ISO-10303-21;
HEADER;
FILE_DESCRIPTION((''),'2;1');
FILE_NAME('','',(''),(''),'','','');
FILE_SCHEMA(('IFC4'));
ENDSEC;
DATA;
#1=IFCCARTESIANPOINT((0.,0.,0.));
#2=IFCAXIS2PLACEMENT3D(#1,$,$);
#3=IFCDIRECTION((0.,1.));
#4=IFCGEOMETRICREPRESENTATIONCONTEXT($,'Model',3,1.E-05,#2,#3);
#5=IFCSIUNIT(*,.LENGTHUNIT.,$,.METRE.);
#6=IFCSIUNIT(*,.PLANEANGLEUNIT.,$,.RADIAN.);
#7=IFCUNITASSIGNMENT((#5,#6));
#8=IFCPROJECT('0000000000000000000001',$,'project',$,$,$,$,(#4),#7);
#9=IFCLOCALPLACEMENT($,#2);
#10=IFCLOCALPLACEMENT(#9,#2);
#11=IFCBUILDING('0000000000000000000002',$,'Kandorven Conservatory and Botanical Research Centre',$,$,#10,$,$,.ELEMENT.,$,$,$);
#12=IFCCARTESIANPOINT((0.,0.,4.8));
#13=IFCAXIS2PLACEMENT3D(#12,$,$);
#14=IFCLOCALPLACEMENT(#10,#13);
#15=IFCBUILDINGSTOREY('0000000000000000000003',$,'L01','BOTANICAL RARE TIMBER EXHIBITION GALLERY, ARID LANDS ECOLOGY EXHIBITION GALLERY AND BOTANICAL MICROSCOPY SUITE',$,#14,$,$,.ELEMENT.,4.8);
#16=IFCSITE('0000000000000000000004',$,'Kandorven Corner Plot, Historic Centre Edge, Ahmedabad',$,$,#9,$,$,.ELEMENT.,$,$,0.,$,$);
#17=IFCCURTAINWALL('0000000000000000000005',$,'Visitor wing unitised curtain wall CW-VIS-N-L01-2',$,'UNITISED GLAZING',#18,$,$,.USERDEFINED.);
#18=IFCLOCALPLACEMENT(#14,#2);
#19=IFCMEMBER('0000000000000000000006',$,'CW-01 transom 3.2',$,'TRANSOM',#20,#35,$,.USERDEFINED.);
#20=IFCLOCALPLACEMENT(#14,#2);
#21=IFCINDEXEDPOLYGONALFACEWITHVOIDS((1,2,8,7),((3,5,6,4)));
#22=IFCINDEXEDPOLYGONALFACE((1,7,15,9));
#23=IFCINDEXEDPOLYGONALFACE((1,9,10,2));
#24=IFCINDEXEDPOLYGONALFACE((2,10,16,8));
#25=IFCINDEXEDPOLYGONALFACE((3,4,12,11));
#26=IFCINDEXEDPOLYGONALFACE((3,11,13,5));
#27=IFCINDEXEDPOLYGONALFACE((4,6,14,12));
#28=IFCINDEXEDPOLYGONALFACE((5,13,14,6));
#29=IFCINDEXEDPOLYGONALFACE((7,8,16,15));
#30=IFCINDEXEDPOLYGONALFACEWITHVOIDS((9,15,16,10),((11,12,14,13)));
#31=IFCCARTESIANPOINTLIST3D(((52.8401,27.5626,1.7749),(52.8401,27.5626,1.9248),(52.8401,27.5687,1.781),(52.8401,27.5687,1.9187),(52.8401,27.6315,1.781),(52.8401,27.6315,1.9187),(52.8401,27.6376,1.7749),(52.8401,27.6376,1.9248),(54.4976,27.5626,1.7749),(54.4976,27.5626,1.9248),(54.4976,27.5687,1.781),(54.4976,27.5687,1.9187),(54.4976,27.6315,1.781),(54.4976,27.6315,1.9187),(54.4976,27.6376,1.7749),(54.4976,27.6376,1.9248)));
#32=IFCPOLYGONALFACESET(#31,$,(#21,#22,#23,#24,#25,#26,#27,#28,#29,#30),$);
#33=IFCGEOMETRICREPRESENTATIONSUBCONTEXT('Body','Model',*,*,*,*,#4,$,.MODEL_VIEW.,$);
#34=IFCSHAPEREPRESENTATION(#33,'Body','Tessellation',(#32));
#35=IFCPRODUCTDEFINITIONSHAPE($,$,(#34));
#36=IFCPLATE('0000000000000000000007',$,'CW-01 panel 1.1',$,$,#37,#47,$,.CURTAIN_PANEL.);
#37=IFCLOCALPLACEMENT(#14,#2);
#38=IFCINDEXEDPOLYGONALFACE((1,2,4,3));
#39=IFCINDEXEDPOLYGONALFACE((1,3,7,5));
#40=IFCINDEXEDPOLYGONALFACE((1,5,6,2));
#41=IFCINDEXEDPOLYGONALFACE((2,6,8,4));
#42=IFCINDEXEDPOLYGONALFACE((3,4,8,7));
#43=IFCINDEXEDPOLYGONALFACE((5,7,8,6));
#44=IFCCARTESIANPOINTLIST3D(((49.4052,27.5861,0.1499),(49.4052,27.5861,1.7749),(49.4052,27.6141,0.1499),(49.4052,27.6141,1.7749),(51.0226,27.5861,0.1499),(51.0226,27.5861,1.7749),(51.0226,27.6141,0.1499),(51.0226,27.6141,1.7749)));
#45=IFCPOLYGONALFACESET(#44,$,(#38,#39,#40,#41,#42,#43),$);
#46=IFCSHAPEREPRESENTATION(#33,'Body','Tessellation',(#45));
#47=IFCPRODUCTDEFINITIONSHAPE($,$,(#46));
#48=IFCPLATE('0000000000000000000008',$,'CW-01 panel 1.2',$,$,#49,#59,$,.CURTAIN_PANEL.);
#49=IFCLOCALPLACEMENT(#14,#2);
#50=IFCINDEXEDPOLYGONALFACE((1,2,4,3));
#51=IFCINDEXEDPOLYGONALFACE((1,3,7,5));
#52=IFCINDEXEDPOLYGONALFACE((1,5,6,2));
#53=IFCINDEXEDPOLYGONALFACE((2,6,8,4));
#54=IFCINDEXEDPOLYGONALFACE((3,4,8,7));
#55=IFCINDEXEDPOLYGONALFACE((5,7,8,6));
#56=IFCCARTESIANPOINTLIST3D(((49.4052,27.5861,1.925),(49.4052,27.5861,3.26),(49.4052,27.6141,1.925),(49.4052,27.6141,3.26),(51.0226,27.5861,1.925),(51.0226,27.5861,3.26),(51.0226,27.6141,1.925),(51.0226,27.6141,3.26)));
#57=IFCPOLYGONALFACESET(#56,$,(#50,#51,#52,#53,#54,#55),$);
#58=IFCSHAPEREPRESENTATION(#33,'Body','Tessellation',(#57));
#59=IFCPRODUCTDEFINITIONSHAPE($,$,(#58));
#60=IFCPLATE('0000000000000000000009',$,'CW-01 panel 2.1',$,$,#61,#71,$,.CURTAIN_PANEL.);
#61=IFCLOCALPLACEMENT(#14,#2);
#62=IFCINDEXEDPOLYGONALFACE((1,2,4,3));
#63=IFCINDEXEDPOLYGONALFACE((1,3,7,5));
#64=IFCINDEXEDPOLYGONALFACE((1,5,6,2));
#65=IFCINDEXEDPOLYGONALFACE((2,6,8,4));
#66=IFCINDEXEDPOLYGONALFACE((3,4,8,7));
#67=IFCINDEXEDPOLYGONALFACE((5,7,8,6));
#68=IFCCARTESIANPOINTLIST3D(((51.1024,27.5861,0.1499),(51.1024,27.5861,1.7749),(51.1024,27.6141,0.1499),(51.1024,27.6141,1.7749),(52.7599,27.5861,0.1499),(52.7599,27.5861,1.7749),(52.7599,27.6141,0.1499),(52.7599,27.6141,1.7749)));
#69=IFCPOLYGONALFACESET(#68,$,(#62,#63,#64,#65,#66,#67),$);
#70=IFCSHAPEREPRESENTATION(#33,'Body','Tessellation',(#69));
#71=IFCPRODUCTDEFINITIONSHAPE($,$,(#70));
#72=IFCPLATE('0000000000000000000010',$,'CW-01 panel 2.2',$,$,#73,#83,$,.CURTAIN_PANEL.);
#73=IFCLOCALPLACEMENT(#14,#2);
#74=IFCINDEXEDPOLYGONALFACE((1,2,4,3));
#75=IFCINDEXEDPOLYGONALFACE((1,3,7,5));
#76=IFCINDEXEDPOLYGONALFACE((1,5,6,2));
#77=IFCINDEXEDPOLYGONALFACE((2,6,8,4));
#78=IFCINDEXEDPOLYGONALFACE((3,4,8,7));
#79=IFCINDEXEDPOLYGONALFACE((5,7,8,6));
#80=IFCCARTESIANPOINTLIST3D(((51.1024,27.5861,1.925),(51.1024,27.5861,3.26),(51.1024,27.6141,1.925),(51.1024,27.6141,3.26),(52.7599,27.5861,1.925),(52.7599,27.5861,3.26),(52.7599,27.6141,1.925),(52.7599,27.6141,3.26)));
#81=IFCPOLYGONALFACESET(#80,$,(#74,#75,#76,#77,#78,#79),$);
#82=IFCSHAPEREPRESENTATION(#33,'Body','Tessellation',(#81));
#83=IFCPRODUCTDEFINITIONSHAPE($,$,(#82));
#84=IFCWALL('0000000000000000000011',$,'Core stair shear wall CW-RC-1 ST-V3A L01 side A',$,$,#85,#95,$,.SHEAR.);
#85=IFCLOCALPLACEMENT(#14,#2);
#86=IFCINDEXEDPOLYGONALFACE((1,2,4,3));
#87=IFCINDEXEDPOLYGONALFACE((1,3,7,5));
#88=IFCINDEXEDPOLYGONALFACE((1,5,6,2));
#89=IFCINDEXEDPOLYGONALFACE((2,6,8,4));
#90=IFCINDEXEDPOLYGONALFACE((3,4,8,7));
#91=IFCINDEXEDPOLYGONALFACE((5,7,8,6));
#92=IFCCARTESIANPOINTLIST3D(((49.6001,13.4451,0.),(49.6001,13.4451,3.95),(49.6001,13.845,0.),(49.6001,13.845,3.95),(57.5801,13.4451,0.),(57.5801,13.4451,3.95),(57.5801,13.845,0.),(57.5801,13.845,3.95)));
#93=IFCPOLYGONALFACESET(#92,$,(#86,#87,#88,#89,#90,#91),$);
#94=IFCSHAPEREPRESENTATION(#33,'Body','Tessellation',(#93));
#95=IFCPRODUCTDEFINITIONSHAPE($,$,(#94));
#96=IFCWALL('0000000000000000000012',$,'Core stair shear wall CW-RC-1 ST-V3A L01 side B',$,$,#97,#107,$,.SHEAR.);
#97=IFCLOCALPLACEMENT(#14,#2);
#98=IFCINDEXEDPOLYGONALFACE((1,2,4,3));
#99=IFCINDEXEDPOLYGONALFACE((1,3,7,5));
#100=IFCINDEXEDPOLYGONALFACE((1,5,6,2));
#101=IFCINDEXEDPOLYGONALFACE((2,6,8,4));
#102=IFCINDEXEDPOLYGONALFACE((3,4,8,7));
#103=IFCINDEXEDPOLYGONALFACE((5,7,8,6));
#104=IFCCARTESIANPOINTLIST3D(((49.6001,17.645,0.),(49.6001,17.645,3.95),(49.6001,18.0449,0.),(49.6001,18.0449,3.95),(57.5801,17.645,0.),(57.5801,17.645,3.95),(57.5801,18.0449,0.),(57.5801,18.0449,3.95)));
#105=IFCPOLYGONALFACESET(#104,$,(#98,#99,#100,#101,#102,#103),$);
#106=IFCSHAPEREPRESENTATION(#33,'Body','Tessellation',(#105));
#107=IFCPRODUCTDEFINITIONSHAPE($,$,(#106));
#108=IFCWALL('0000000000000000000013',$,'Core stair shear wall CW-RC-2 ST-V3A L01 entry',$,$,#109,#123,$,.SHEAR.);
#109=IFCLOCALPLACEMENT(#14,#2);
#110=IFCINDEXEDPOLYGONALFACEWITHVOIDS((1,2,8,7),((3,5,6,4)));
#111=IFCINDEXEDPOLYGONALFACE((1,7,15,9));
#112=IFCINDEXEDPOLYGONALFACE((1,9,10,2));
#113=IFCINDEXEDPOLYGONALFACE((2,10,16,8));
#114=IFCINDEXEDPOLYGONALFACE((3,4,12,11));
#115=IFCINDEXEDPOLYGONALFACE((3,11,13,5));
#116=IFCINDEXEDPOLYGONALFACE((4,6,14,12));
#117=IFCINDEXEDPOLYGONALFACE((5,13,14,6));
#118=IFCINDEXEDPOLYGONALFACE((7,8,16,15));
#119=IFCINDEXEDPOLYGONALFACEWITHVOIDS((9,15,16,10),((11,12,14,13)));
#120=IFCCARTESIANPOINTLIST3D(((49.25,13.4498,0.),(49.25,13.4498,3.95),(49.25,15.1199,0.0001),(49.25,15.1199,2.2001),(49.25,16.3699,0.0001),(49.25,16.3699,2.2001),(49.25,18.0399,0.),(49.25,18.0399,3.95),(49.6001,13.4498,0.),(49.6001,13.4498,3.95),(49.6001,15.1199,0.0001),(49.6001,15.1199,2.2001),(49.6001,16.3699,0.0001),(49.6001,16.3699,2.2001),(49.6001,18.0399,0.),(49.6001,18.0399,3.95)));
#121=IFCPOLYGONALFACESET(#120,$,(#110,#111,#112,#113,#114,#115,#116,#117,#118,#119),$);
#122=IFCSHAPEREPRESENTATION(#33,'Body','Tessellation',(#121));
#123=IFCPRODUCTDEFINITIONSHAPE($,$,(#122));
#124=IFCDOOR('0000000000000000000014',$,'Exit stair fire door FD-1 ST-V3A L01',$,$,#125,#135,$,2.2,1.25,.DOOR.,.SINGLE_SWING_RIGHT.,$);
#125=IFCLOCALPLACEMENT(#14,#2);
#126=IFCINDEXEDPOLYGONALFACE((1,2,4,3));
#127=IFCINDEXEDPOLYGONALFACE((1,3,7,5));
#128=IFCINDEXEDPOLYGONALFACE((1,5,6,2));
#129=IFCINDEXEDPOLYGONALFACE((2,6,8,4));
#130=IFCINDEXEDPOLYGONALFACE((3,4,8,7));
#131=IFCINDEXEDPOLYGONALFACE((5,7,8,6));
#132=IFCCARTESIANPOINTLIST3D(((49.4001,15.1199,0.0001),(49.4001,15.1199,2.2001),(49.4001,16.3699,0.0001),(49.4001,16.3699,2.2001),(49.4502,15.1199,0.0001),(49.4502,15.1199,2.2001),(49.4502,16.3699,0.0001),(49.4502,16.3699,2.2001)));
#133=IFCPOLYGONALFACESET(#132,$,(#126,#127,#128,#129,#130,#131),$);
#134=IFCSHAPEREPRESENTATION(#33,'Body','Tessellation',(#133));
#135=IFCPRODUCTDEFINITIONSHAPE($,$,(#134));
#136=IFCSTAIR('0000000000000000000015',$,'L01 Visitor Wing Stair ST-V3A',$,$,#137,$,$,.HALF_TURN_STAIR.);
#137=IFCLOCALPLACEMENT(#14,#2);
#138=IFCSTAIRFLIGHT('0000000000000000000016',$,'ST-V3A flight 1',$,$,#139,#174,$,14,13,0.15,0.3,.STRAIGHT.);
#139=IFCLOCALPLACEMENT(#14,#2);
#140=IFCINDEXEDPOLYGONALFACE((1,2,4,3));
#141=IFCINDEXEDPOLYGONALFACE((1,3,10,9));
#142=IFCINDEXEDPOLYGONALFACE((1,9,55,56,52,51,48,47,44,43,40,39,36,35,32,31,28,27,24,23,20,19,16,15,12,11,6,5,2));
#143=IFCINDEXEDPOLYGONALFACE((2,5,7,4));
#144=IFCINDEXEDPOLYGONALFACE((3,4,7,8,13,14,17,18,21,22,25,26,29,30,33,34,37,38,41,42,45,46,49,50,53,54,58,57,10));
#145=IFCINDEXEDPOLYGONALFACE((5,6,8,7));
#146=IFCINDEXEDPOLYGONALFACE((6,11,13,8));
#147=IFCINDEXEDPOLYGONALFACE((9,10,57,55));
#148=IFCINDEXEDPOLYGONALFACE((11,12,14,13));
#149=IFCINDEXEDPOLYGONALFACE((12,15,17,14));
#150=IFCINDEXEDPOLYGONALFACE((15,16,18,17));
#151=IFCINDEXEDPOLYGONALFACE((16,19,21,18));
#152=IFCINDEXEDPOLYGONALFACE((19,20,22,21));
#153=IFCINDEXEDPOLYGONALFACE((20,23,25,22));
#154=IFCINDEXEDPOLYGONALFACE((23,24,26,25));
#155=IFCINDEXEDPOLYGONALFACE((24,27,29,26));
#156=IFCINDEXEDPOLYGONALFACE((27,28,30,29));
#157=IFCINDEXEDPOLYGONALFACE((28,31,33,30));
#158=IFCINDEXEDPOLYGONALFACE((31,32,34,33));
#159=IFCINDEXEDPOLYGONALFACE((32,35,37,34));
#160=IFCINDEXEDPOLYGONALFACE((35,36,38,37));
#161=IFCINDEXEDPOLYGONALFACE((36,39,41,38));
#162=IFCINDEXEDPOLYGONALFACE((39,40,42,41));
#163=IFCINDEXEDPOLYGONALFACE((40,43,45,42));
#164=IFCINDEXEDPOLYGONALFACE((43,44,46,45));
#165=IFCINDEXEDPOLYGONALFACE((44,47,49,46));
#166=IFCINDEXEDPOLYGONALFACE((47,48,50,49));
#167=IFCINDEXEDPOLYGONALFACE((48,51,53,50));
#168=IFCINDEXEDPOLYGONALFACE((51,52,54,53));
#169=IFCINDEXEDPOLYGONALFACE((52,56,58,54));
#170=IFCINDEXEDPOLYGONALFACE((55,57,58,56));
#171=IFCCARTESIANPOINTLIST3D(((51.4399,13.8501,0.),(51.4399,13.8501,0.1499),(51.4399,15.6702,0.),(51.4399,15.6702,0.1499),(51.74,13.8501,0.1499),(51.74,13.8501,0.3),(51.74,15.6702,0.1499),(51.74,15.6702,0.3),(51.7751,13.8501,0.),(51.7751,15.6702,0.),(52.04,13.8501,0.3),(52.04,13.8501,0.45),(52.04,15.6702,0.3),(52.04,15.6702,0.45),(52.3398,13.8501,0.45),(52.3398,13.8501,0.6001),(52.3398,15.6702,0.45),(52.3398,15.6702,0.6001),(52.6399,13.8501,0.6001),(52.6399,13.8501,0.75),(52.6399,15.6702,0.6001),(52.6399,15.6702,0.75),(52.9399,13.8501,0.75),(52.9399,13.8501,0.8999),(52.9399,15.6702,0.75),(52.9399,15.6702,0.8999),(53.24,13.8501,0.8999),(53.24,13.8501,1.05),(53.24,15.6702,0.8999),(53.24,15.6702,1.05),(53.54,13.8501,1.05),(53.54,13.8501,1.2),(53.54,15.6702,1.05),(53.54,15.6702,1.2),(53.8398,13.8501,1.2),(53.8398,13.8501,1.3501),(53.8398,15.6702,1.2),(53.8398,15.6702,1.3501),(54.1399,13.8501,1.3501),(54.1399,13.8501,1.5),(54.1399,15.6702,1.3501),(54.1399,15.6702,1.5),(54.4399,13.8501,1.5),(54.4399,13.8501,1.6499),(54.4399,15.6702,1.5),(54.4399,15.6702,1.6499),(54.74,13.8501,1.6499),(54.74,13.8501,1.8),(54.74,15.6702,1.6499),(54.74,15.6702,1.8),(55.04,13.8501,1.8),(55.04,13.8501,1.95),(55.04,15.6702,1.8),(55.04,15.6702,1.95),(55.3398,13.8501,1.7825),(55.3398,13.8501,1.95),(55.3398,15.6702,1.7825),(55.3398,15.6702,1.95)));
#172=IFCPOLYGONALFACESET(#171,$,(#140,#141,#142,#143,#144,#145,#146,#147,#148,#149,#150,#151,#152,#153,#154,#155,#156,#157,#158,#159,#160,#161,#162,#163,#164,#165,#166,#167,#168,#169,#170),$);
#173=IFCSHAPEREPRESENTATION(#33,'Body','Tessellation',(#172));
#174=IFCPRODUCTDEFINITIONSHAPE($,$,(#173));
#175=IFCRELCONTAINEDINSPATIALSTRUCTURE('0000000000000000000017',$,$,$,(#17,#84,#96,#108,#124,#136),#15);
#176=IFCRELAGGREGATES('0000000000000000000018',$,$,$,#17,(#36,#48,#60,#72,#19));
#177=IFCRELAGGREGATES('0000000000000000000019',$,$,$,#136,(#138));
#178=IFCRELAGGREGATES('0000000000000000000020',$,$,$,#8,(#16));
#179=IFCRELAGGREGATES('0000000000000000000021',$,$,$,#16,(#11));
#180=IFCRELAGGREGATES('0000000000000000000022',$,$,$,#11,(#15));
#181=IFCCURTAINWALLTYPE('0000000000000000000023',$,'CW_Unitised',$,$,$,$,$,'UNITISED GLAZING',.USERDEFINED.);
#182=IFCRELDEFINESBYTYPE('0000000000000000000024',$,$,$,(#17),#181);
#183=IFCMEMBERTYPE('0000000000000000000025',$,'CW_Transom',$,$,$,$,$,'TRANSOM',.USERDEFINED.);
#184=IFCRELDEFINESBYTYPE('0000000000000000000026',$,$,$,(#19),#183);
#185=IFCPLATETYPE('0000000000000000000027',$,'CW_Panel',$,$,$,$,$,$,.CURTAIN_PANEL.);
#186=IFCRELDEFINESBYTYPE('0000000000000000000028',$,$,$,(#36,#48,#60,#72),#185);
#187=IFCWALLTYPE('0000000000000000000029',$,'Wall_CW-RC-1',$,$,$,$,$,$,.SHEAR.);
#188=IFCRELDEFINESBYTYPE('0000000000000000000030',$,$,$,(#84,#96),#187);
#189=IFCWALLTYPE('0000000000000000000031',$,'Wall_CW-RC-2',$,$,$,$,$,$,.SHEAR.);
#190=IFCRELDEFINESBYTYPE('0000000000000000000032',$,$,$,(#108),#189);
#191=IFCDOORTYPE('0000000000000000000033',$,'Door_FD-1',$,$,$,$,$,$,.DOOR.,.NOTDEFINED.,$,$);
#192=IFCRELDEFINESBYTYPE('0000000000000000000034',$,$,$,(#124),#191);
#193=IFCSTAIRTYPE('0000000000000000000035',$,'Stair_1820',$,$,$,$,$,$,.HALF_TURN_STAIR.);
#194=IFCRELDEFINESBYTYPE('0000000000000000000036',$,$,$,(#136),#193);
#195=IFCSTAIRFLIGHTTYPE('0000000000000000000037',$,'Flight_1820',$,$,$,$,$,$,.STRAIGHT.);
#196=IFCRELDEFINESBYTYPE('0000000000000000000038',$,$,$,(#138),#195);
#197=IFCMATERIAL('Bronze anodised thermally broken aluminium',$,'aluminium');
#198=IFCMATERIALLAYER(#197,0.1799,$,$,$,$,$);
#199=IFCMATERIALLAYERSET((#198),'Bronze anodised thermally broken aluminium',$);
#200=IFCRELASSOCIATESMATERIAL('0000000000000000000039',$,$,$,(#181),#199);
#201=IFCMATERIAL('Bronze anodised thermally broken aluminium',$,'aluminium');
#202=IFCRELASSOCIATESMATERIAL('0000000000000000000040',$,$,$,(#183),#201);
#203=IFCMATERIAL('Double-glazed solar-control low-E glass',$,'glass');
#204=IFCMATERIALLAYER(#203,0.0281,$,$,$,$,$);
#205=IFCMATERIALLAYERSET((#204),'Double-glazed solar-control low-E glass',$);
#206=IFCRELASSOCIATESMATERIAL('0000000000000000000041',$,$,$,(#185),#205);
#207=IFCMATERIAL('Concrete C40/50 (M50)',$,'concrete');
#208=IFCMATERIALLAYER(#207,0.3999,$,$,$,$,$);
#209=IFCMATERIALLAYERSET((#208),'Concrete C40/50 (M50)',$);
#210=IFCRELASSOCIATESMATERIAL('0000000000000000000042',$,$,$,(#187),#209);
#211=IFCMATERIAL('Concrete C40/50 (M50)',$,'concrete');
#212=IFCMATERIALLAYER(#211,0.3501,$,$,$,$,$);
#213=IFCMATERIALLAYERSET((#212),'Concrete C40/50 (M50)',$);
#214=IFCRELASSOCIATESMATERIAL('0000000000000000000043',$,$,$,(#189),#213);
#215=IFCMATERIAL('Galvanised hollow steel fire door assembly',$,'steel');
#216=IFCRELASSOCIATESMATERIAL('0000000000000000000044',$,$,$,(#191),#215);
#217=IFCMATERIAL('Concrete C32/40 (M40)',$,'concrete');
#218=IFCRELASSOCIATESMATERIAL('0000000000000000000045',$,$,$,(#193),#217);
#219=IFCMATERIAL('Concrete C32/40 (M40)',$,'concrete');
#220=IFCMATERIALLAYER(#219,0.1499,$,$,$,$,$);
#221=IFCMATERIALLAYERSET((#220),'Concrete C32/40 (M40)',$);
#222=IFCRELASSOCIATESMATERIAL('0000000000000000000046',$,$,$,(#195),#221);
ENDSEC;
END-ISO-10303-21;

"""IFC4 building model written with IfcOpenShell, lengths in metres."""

from ifc_helpers import new_model, si_unit, direction, frame, frame_2d, origin, origin_2d, place, context, subcontext, project, spatial, polyline, rectangle, hollow_rectangle, outline, extrude, material, layer, layer_set, material_profile, profile_set, type_object, element, fill, aggregate, save


model = new_model("IFC4")

# Units and contexts
model_context = context("Model", 3, precision=1e-05, world=origin(), true_north=direction((0.0, 1.0)))
body_context = subcontext(model_context, "Body", "Model", "MODEL_VIEW")
ifc_project = project(units=[si_unit("LENGTHUNIT", "METRE"), si_unit("PLANEANGLEUNIT", "RADIAN")], contexts=[model_context])

# Site, building, storey
site_placement = place(None, origin())
site = spatial("IfcSite", under=ifc_project, at=site_placement, Name="Kandorven Corner Plot, Historic Centre Edge, Ahmedabad", CompositionType="ELEMENT", RefElevation=0.0)
building_placement = place(site_placement, origin())
building = spatial("IfcBuilding", under=site, at=building_placement, Name="Kandorven Conservatory and Botanical Research Centre", CompositionType="ELEMENT")
storey_placement = place(building_placement, frame((0.0, 0.0, 4.8)))
storey = spatial("IfcBuildingStorey", under=building, at=storey_placement, Name="L01", Description="BOTANICAL RARE TIMBER EXHIBITION GALLERY, ARID LANDS ECOLOGY EXHIBITION GALLERY AND BOTANICAL MICROSCOPY SUITE", CompositionType="ELEMENT", Elevation=4.8)

# Curtain wall, member, plates
ifc_material_1 = material(Name="Bronze anodised thermally broken aluminium", Category="aluminium")
ifc_layer_1 = layer(ifc_material_1, 0.1799)
ifc_layer_set_1 = layer_set([ifc_layer_1], Name="Bronze anodised thermally broken aluminium")
curtain_wall_type = type_object("IfcCurtainWallType", Name="CW_Unitised", ElementType="UNITISED GLAZING", PredefinedType="USERDEFINED", material=ifc_layer_set_1)
curtain_wall_placement = place(storey_placement, origin())
curtain_wall = element("IfcCurtainWall", 1, at=curtain_wall_placement, inside=storey, type_object=curtain_wall_type, Name="Visitor wing unitised curtain wall CW-VIS-N-L01-2", ObjectType="UNITISED GLAZING", PredefinedType="USERDEFINED")
ifc_material_2 = material(Name="Bronze anodised thermally broken aluminium", Category="aluminium")
ifc_material_profile_1 = material_profile(ifc_material_2, hollow_rectangle(XDim=0.075, YDim=0.1499, WallThickness=0.0061, at=origin_2d()))
ifc_profile_set_1 = profile_set([ifc_material_profile_1], Name="Bronze anodised thermally broken aluminium")
member_type_1 = type_object("IfcMemberType", Name="CW_Transom", ElementType="TRANSOM", PredefinedType="USERDEFINED", material=ifc_profile_set_1)
member_1_placement = place(storey_placement, frame((52.8401, 27.6001, 1.8499), z_axis=(1.0, 0.0, 0.0), x_axis=(0.0, 1.0, 0.0)))
member_1 = element("IfcMember", 2, at=member_1_placement, type_object=member_type_1, Name="CW-01 transom 3.2", ObjectType="TRANSOM", PredefinedType="USERDEFINED", context=body_context, shape_type="SweptSolid", body=[
    extrude(hollow_rectangle(XDim=0.075, YDim=0.1499, WallThickness=0.0061, at=origin_2d()), origin(), (0.0, 0.0, 1.0), 1.6575),
])
ifc_material_3 = material(Name="Double-glazed solar-control low-E glass", Category="glass")
ifc_layer_2 = layer(ifc_material_3, 0.0281)
ifc_layer_set_2 = layer_set([ifc_layer_2], Name="Double-glazed solar-control low-E glass")
plate_type = type_object("IfcPlateType", Name="CW_Panel", PredefinedType="CURTAIN_PANEL", material=ifc_layer_set_2)
plate_1_placement = place(storey_placement, frame((50.2139, 27.6001, 0.1499), z_axis=(0.0, 0.0, 1.0), x_axis=(1.0, 0.0, 0.0)))
plate_1 = element("IfcPlate", 3, at=plate_1_placement, type_object=plate_type, Name="CW-01 panel 1.1", PredefinedType="CURTAIN_PANEL", context=body_context, shape_type="SweptSolid", body=[
    extrude(rectangle(XDim=1.6174, YDim=0.0281, at=origin_2d()), origin(), (0.0, 0.0, 1.0), 1.625),
])
plate_2_placement = place(storey_placement, frame((50.2139, 27.6001, 1.925), z_axis=(0.0, 0.0, 1.0), x_axis=(1.0, 0.0, 0.0)))
plate_2 = element("IfcPlate", 4, at=plate_2_placement, type_object=plate_type, Name="CW-01 panel 1.2", PredefinedType="CURTAIN_PANEL", context=body_context, shape_type="SweptSolid", body=[
    extrude(rectangle(XDim=1.6174, YDim=0.0281, at=origin_2d()), origin(), (0.0, 0.0, 1.0), 1.335),
])
plate_3_placement = place(storey_placement, frame((51.9312, 27.6001, 0.1499), z_axis=(0.0, 0.0, 1.0), x_axis=(1.0, 0.0, 0.0)))
plate_3 = element("IfcPlate", 5, at=plate_3_placement, type_object=plate_type, Name="CW-01 panel 2.1", PredefinedType="CURTAIN_PANEL", context=body_context, shape_type="SweptSolid", body=[
    extrude(rectangle(XDim=1.6575, YDim=0.0281, at=origin_2d()), origin(), (0.0, 0.0, 1.0), 1.625),
])
plate_4_placement = place(storey_placement, frame((51.9312, 27.6001, 1.925), z_axis=(0.0, 0.0, 1.0), x_axis=(1.0, 0.0, 0.0)))
plate_4 = element("IfcPlate", 6, at=plate_4_placement, type_object=plate_type, Name="CW-01 panel 2.2", PredefinedType="CURTAIN_PANEL", context=body_context, shape_type="SweptSolid", body=[
    extrude(rectangle(XDim=1.6575, YDim=0.0281, at=origin_2d()), origin(), (0.0, 0.0, 1.0), 1.335),
])
aggregate(curtain_wall, [plate_1, plate_2, plate_3, plate_4, member_1])

# Walls
ifc_material_4 = material(Name="Concrete C40/50 (M50)", Category="concrete")
ifc_layer_3 = layer(ifc_material_4, 0.3999)
ifc_layer_set_3 = layer_set([ifc_layer_3], Name="Concrete C40/50 (M50)")
wall_type_1 = type_object("IfcWallType", Name="Wall_CW-RC-1", PredefinedType="SHEAR", material=ifc_layer_set_3)
for number, where, z_axis, x_axis, name in (
    (7, (49.6001, 13.645, 0.0), (0.0, 0.0, 1.0), (1.0, 0.0, 0.0), "Core stair shear wall CW-RC-1 ST-V3A L01 side A"),
    (8, (49.6001, 17.845, 0.0), (0.0, 0.0, 1.0), (1.0, 0.0, 0.0), "Core stair shear wall CW-RC-1 ST-V3A L01 side B"),
):
    element("IfcWall", number, at=place(storey_placement, frame(where, z_axis=z_axis, x_axis=x_axis)), inside=storey, type_object=wall_type_1, Name=name, PredefinedType="SHEAR", context=body_context, shape_type="SweptSolid", body=[
        extrude(rectangle(XDim=7.98, YDim=0.3999, at=frame_2d((3.99, 0.0))), origin(), (0.0, 0.0, 1.0), 3.95),
    ])

# Wall, opening, door
ifc_material_5 = material(Name="Concrete C40/50 (M50)", Category="concrete")
ifc_layer_4 = layer(ifc_material_5, 0.3501)
ifc_layer_set_4 = layer_set([ifc_layer_4], Name="Concrete C40/50 (M50)")
wall_type_2 = type_object("IfcWallType", Name="Wall_CW-RC-2", PredefinedType="SHEAR", material=ifc_layer_set_4)
wall_placement = place(storey_placement, frame((49.425, 13.45, 0.0), z_axis=(0.0, 0.0, 1.0), x_axis=(0.0, 1.0, 0.0)))
wall = element("IfcWall", 9, at=wall_placement, inside=storey, type_object=wall_type_2, Name="Core stair shear wall CW-RC-2 ST-V3A L01 entry", PredefinedType="SHEAR", context=body_context, shape_type="SweptSolid", body=[
    extrude(rectangle(XDim=4.5901, YDim=0.3501, at=frame_2d((2.2949, 0.0))), origin(), (0.0, 0.0, 1.0), 3.95),
])
opening_placement = place(wall_placement, frame((1.6699, 0.0, 0.0)))
opening = element("IfcOpeningElement", 10, at=opening_placement, cuts=wall, PredefinedType="OPENING", context=body_context, shape_type="SweptSolid", body=[
    extrude(rectangle(XDim=1.25, YDim=2.2, at=frame_2d((0.625, 1.1001))), frame((0.0, 0.1851, 0.0), z_axis=(0.0, -1.0, 0.0), x_axis=(1.0, 0.0, 0.0)), (0.0, 0.0, 1.0), 0.3701),
])
ifc_material_6 = material(Name="Galvanised hollow steel fire door assembly", Category="steel")
door_type = type_object("IfcDoorType", Name="Door_FD-1", OperationType="NOTDEFINED", PredefinedType="DOOR", material=ifc_material_6)
door_placement = place(opening_placement, origin())
door = element("IfcDoor", 11, at=door_placement, inside=storey, type_object=door_type, Name="Exit stair fire door FD-1 ST-V3A L01", OperationType="SINGLE_SWING_RIGHT", OverallHeight=2.2, OverallWidth=1.25, PredefinedType="DOOR", context=body_context, shape_type="SweptSolid", body=[
    extrude(rectangle(XDim=1.25, YDim=2.2, at=frame_2d((0.625, 1.1001))), frame((0.0, 0.0249, 0.0), z_axis=(0.0, -1.0, 0.0), x_axis=(1.0, 0.0, 0.0)), (0.0, 0.0, 1.0), 0.05),
])
fill(opening, door)

# Stair, stair flight
ifc_material_7 = material(Name="Concrete C32/40 (M40)", Category="concrete")
stair_type = type_object("IfcStairType", Name="Stair_1820", PredefinedType="HALF_TURN_STAIR", material=ifc_material_7)
stair_placement = place(storey_placement, origin())
stair = element("IfcStair", 12, at=stair_placement, inside=storey, type_object=stair_type, Name="L01 Visitor Wing Stair ST-V3A", PredefinedType="HALF_TURN_STAIR")
ifc_material_8 = material(Name="Concrete C32/40 (M40)", Category="concrete")
ifc_layer_5 = layer(ifc_material_8, 0.1499)
ifc_layer_set_5 = layer_set([ifc_layer_5], Name="Concrete C32/40 (M40)")
stair_flight_type = type_object("IfcStairFlightType", Name="Flight_1820", PredefinedType="STRAIGHT", material=ifc_layer_set_5)
stair_flight_placement = place(storey_placement, frame((51.4399, 14.76, 0.0), z_axis=(0.0, 0.0, 1.0), x_axis=(1.0, 0.0, 0.0)))
stair_flight = element("IfcStairFlight", 13, at=stair_flight_placement, type_object=stair_flight_type, Name="ST-V3A flight 1", NumberOfRisers=14, NumberOfTreads=13, PredefinedType="STRAIGHT", RiserHeight=0.15, TreadLength=0.3, context=body_context, shape_type="SweptSolid", body=[
    extrude(outline(polyline([(0.0, 0.0), (0.0, 0.1499), (0.3, 0.1499), (0.3, 0.3), (0.6001, 0.3), (0.6001, 0.45), (0.8999, 0.45), (0.8999, 0.6001), (1.2, 0.6001), (1.2, 0.75), (1.5, 0.75), (1.5, 0.8999), (1.8, 0.8999), (1.8, 1.05), (2.1001, 1.05), (2.1001, 1.2), (2.3999, 1.2), (2.3999, 1.3501), (2.7, 1.3501), (2.7, 1.5), (3.0, 1.5), (3.0, 1.6499), (3.3, 1.6499), (3.3, 1.8), (3.6001, 1.8), (3.6001, 1.95), (3.8999, 1.95), (3.8999, 2.1001), (3.8999, 1.7825), (0.3352, 0.0), (0.0, 0.0)])), frame((0.0, 0.9102, 0.0), z_axis=(0.0, -1.0, 0.0), x_axis=(1.0, 0.0, 0.0)), (0.0, 0.0, 1.0), 1.8201),
])
aggregate(stair, [stair_flight])

save(model, "model.ifc")
